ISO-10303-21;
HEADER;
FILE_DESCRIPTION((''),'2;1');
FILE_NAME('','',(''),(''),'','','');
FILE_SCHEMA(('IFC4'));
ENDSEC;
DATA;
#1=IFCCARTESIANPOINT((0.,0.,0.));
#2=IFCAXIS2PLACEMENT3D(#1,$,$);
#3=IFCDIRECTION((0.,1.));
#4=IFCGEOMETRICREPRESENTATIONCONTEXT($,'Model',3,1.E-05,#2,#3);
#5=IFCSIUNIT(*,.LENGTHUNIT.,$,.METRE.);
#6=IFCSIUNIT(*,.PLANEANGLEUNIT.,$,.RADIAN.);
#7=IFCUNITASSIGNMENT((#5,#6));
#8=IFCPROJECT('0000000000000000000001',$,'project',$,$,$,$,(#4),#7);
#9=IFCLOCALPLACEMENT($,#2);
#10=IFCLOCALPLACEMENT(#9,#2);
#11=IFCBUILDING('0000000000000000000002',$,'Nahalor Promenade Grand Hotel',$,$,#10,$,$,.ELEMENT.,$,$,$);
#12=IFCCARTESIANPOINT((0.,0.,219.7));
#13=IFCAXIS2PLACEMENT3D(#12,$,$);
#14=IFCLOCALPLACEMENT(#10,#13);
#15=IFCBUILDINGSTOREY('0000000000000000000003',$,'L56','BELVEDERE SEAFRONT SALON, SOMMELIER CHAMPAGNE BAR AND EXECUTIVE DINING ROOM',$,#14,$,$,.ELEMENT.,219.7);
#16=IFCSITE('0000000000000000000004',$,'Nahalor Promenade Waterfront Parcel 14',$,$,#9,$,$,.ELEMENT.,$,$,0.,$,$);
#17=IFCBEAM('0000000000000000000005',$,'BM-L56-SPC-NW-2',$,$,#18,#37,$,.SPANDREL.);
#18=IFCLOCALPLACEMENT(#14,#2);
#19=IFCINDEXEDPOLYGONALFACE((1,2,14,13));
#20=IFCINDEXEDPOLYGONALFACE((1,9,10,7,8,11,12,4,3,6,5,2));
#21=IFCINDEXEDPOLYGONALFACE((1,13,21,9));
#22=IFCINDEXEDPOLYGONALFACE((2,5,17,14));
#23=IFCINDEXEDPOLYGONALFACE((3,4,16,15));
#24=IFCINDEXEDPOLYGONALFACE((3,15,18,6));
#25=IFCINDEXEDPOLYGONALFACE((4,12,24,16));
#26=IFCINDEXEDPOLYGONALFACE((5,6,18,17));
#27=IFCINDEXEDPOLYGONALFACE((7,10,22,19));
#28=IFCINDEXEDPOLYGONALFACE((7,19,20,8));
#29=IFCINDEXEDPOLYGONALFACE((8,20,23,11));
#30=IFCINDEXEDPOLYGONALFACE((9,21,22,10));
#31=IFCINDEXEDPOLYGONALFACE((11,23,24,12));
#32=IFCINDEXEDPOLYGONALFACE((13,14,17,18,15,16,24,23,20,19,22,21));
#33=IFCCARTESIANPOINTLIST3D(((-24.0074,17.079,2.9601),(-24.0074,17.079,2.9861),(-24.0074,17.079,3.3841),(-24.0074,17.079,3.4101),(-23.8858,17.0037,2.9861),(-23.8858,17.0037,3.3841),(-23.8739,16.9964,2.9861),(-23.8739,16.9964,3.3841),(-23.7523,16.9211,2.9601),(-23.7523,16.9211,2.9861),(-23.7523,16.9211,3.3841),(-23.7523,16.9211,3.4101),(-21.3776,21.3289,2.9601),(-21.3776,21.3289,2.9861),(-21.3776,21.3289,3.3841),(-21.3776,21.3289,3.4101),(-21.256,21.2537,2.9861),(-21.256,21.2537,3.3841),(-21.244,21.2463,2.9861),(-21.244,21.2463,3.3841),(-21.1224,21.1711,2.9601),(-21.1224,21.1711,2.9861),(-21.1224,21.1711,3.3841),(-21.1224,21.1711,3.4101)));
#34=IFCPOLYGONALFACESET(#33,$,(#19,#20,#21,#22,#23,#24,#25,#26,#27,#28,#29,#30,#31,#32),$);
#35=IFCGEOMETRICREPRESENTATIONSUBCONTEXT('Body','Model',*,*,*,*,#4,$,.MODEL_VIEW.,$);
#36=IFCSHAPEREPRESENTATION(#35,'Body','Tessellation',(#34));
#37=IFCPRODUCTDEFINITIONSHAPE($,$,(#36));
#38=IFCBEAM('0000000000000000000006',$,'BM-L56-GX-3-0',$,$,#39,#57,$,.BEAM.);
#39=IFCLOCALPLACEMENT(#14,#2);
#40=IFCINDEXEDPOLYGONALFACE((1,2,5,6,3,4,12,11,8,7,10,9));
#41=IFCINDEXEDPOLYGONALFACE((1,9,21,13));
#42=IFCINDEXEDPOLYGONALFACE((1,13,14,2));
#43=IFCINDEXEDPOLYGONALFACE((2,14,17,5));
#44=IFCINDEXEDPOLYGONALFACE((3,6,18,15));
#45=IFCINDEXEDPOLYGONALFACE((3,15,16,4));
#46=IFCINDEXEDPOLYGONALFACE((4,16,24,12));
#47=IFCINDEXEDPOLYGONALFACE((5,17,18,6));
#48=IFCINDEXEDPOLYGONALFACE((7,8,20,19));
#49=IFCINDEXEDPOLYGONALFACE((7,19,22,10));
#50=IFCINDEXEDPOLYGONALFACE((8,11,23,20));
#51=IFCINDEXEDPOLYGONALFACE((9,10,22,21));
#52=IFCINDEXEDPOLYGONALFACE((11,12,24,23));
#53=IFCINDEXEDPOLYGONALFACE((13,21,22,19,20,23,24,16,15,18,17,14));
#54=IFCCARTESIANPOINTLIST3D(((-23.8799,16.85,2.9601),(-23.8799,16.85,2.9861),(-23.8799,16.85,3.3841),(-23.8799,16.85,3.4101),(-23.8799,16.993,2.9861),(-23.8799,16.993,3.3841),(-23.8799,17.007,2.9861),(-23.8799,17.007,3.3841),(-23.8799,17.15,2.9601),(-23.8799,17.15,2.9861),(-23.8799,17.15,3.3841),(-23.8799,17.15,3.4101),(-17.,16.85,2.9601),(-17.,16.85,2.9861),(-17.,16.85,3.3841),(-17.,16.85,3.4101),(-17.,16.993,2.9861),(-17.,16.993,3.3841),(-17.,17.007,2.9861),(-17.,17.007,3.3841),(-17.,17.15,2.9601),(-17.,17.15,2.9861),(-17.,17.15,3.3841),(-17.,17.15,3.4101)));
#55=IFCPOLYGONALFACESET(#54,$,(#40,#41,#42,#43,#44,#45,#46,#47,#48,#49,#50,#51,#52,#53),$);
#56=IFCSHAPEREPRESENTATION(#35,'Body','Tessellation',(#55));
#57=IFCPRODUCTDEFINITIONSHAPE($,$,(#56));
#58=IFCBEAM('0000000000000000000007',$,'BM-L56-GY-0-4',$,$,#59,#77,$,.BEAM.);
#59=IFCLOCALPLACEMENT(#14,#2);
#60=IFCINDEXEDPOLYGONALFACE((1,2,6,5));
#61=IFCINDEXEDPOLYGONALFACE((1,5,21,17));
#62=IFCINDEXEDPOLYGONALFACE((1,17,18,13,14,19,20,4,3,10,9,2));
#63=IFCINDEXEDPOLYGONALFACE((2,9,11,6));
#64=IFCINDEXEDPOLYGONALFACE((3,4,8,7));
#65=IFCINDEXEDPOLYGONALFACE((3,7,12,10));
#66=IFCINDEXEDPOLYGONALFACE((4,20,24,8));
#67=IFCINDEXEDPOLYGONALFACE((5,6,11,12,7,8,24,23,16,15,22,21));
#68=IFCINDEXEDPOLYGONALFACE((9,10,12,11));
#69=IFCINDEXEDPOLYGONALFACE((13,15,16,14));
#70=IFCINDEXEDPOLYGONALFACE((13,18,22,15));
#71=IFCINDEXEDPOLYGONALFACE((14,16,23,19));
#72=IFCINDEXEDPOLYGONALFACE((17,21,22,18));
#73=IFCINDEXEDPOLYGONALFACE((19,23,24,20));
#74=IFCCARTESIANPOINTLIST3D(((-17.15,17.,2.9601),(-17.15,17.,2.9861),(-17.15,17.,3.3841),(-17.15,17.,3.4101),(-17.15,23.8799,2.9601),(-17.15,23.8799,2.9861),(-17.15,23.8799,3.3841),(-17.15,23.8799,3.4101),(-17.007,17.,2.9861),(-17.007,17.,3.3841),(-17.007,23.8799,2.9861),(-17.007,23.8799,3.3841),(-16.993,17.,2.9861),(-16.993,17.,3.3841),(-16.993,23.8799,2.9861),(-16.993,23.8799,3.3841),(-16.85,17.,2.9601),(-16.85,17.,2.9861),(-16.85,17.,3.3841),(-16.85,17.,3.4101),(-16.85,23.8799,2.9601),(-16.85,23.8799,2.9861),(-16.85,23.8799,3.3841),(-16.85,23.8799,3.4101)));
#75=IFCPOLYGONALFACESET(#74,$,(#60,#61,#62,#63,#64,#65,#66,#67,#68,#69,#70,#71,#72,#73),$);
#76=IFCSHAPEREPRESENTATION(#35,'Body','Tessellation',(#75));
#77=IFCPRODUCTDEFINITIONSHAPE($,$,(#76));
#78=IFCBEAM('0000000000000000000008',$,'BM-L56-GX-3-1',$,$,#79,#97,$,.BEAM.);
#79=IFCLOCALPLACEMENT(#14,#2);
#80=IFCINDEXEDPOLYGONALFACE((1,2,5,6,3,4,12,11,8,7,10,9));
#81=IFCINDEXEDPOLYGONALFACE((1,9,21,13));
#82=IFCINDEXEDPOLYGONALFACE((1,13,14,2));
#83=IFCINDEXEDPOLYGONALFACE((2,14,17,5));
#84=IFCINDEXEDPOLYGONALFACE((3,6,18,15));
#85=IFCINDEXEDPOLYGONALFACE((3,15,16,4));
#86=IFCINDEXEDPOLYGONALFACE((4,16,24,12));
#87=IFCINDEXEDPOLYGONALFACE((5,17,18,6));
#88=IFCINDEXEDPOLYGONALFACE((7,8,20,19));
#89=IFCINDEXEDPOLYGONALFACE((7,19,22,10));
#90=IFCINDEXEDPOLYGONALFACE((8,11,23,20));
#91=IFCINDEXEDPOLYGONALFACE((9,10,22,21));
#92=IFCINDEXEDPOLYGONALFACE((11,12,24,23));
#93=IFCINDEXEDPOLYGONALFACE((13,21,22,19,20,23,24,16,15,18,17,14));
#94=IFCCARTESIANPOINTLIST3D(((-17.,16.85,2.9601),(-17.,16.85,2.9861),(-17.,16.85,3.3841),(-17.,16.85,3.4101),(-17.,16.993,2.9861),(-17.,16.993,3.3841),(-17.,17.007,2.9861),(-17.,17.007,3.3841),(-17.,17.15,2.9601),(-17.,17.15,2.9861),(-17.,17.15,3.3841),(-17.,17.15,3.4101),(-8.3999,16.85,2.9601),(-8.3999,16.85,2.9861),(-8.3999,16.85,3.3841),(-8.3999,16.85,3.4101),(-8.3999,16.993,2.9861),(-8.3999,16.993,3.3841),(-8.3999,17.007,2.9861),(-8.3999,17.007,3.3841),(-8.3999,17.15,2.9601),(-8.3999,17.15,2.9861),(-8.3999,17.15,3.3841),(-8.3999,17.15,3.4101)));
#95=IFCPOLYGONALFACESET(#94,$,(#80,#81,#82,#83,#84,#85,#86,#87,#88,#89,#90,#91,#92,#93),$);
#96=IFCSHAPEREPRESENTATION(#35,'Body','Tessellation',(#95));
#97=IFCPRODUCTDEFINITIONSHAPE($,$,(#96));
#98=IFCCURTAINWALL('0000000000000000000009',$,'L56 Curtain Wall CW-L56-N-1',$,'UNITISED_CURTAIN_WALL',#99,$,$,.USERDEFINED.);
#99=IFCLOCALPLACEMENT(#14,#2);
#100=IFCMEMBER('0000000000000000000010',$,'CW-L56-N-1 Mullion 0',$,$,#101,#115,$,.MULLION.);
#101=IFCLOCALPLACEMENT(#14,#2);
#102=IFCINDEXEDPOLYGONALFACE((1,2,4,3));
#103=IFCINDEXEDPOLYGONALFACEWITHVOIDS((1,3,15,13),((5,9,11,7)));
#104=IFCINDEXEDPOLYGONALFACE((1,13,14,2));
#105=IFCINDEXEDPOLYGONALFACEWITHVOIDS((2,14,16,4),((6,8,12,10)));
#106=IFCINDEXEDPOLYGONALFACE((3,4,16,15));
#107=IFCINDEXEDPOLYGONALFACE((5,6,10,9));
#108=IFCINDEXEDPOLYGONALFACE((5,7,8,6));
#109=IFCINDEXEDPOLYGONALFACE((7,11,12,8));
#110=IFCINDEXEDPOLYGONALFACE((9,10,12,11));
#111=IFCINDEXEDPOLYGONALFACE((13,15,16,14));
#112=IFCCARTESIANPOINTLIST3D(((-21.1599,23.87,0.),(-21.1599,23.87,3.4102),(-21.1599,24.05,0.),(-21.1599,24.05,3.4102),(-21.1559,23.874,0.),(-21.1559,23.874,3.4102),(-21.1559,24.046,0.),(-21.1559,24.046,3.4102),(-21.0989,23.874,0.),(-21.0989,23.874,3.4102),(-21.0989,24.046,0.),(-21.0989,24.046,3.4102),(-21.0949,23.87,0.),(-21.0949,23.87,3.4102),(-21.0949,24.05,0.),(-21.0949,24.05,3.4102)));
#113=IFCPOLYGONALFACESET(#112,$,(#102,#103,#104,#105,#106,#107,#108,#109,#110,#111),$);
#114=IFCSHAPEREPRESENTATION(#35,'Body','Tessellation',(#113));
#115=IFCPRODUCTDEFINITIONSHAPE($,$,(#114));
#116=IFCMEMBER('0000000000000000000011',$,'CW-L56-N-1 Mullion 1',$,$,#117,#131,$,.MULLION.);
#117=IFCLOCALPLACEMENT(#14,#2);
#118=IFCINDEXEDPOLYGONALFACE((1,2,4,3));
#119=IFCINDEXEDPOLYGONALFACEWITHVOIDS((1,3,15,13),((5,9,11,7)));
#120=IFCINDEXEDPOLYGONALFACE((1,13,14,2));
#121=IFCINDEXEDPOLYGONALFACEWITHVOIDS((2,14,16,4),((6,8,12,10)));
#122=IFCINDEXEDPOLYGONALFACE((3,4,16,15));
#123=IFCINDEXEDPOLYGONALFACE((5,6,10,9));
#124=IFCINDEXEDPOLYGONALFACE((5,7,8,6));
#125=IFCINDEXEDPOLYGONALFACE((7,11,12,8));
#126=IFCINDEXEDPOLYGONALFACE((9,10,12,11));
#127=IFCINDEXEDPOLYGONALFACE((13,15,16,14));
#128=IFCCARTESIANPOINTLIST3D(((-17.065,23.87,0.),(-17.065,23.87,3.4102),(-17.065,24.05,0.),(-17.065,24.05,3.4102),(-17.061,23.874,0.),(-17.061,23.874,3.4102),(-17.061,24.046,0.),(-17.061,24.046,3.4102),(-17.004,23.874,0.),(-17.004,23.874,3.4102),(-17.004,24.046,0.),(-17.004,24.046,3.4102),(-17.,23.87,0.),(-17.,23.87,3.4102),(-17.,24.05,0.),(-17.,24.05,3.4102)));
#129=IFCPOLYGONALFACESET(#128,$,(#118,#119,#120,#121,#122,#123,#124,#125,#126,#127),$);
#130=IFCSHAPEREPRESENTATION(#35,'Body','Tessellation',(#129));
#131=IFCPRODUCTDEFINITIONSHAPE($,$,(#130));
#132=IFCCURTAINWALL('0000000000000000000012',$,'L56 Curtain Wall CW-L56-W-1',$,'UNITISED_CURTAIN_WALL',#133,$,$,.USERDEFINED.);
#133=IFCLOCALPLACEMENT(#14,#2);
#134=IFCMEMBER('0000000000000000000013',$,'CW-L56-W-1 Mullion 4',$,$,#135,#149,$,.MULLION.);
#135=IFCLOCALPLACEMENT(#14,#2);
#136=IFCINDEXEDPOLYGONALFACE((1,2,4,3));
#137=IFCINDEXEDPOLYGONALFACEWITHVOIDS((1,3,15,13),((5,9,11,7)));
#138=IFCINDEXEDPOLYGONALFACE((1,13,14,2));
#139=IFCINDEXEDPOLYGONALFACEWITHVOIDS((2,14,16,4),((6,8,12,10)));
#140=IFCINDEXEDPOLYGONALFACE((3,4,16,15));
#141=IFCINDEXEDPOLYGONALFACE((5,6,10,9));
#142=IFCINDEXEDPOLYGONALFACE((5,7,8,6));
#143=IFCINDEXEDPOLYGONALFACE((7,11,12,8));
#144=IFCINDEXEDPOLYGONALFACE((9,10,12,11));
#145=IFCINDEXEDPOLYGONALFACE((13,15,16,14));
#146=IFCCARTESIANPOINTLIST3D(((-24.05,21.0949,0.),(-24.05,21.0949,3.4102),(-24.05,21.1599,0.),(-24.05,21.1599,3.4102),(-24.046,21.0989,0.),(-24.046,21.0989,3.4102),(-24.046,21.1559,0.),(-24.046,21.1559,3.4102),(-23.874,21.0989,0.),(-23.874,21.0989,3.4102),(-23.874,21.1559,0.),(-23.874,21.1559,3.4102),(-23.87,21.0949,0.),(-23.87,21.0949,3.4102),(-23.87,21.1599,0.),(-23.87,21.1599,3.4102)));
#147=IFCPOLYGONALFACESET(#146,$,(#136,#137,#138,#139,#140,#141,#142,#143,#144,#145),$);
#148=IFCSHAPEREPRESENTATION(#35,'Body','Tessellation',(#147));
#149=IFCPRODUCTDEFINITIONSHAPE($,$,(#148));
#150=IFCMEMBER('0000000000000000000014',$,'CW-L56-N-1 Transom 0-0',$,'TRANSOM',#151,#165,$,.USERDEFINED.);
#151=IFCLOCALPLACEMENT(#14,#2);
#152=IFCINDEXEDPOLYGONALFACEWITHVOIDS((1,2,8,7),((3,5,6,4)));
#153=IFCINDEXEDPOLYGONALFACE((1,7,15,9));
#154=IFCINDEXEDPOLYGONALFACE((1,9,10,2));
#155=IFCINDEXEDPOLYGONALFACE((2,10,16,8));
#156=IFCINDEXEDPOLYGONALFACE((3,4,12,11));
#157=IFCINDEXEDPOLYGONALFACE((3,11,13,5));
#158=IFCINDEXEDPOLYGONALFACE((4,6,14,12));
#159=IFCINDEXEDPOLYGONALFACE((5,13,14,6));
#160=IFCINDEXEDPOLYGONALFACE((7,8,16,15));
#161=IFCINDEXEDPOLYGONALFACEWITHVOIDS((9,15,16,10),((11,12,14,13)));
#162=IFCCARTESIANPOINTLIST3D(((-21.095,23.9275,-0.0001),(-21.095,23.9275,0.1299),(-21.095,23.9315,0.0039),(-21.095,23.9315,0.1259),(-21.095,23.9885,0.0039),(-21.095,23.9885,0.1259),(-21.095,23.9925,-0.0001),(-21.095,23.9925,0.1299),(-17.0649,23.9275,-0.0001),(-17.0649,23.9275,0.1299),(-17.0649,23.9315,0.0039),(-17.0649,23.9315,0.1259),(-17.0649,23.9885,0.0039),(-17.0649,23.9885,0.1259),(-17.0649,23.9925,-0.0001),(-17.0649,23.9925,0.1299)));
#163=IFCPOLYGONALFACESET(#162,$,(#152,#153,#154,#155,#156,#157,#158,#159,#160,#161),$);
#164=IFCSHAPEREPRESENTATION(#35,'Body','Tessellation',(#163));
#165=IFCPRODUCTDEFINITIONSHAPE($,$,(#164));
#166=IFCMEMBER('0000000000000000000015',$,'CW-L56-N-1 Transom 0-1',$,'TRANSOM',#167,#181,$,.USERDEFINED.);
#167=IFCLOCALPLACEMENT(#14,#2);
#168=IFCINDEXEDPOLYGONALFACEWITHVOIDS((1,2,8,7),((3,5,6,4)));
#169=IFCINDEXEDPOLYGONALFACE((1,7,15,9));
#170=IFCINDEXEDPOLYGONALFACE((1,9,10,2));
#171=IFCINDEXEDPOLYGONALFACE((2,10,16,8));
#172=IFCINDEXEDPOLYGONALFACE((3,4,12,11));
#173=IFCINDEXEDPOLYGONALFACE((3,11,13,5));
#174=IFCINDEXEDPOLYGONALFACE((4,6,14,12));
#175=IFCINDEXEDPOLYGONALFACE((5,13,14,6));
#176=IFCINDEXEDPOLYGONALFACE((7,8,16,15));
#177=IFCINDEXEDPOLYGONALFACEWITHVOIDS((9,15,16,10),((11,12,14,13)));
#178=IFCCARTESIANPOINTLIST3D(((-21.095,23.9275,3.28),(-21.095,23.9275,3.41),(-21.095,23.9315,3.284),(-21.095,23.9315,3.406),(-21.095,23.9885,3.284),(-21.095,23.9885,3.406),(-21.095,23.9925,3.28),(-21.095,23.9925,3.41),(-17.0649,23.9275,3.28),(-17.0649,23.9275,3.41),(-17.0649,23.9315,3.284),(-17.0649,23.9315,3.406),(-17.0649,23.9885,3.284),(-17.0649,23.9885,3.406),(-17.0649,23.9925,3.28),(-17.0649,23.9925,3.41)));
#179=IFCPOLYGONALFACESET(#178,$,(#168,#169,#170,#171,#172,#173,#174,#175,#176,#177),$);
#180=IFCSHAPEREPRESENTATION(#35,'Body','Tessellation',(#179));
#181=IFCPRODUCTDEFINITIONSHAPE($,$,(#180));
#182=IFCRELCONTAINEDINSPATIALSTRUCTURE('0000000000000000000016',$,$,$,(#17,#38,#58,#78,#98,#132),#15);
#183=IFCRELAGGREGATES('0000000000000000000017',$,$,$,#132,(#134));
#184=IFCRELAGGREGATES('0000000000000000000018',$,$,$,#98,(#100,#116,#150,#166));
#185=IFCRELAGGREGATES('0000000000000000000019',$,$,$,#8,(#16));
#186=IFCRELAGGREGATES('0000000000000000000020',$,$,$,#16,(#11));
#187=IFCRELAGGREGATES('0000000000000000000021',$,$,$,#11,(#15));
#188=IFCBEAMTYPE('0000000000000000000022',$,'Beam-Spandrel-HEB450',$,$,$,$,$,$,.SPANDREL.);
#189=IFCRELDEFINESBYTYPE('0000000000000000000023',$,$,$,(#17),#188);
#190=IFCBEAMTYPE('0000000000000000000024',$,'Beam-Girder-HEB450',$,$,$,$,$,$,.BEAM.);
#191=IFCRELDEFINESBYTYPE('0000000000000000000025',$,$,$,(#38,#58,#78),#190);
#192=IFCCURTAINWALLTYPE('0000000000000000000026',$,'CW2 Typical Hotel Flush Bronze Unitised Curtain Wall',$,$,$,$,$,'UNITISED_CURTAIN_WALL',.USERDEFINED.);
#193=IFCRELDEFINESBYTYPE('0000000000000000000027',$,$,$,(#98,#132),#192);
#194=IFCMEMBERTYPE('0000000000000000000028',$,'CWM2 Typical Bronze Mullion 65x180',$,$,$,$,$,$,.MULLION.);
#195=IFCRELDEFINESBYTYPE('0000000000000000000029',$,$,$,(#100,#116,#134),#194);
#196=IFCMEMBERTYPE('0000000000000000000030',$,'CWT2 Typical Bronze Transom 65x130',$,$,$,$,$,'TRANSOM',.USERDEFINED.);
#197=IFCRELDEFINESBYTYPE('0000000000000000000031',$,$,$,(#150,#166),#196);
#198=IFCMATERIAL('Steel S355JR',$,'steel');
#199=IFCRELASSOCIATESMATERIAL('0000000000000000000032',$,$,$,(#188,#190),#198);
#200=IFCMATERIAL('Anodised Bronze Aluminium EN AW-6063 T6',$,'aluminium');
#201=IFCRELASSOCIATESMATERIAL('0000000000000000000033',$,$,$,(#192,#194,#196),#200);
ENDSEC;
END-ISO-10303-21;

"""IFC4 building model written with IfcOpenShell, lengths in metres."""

from ifc_helpers import new_model, si_unit, direction, frame, origin, origin_2d, place, context, subcontext, project, spatial, hollow_rectangle, i_section, extrude, source, transform, mapped, material, material_profile, profile_set, type_object, element, aggregate, save


model = new_model("IFC4")

# Units and contexts
model_context = context("Model", 3, precision=1e-05, world=origin(), true_north=direction((0.0, 1.0)))
body_context = subcontext(model_context, "Body", "Model", "MODEL_VIEW")
ifc_project = project(units=[si_unit("LENGTHUNIT", "METRE"), si_unit("PLANEANGLEUNIT", "RADIAN")], contexts=[model_context])

# Site, building, storey
site_placement = place(None, origin())
site = spatial("IfcSite", under=ifc_project, at=site_placement, Name="Nahalor Promenade Waterfront Parcel 14", CompositionType="ELEMENT", RefElevation=0.0)
building_placement = place(site_placement, origin())
building = spatial("IfcBuilding", under=site, at=building_placement, Name="Nahalor Promenade Grand Hotel", CompositionType="ELEMENT")
storey_placement = place(building_placement, frame((0.0, 0.0, 219.7)))
storey = spatial("IfcBuildingStorey", under=building, at=storey_placement, Name="L56", Description="BELVEDERE SEAFRONT SALON, SOMMELIER CHAMPAGNE BAR AND EXECUTIVE DINING ROOM", CompositionType="ELEMENT", Elevation=219.7)

# Shared definitions
ifc_material_1 = material(Name="Steel S355JR", Category="steel")

# Beams
ifc_material_profile_1 = material_profile(ifc_material_1, i_section(OverallWidth=0.3, OverallDepth=0.45, WebThickness=0.014, FlangeThickness=0.026, at=origin_2d()), Name="HEB 450")
ifc_profile_set_1 = profile_set([ifc_material_profile_1], Name="Steel S355JR")
beam_type_1 = type_object("IfcBeamType", Name="Beam-Spandrel-HEB450", PredefinedType="SPANDREL", material=ifc_profile_set_1)
shared_shape_1 = source(origin(), body_context, "Body", "SweptSolid", [
    extrude(i_section(OverallWidth=0.3, OverallDepth=0.45, WebThickness=0.014, FlangeThickness=0.026, at=origin_2d()), origin(), (0.0, 0.0, 1.0), 4.9978),
])
for number, where, z_axis, x_axis, name in (
    (1, (-21.25, 21.25, 3.1851), (-0.5262, -0.850361, 0.0), (0.850361, -0.5262, 0.0), "BM-L56-SPC-NW-2"),
):
    element("IfcBeam", number, at=place(storey_placement, frame(where, z_axis=z_axis, x_axis=x_axis)), inside=storey, type_object=beam_type_1, Name=name, PredefinedType="SPANDREL", context=body_context, shape_type="MappedRepresentation", body=[
        mapped(shared_shape_1, transform((0.0, 0.0, 0.0), scale=1.0)),
    ])
ifc_material_profile_2 = material_profile(ifc_material_1, i_section(OverallWidth=0.3, OverallDepth=0.45, WebThickness=0.014, FlangeThickness=0.026, at=origin_2d()), Name="HEB 450")
ifc_profile_set_2 = profile_set([ifc_material_profile_2], Name="Steel S355JR")
beam_type_2 = type_object("IfcBeamType", Name="Beam-Girder-HEB450", PredefinedType="BEAM", material=ifc_profile_set_2)
shared_shape_2 = source(origin(), body_context, "Body", "SweptSolid", [
    extrude(i_section(OverallWidth=0.3, OverallDepth=0.45, WebThickness=0.014, FlangeThickness=0.026, at=origin_2d()), origin(), (0.0, 0.0, 1.0), 6.8799),
])
for number, where, z_axis, x_axis, name in (
    (2, (-23.8799, 17.0, 3.1851), (1.0, 0.0, 0.0), (0.0, 1.0, 0.0), "BM-L56-GX-3-0"),
    (3, (-17.0, 17.0, 3.1851), (0.0, 1.0, 0.0), (-1.0, 0.0, 0.0), "BM-L56-GY-0-4"),
):
    element("IfcBeam", number, at=place(storey_placement, frame(where, z_axis=z_axis, x_axis=x_axis)), inside=storey, type_object=beam_type_2, Name=name, PredefinedType="BEAM", context=body_context, shape_type="MappedRepresentation", body=[
        mapped(shared_shape_2, transform((0.0, 0.0, 0.0), scale=1.0)),
    ])
shared_shape_3 = source(origin(), body_context, "Body", "SweptSolid", [
    extrude(i_section(OverallWidth=0.3, OverallDepth=0.45, WebThickness=0.014, FlangeThickness=0.026, at=origin_2d()), origin(), (0.0, 0.0, 1.0), 8.6001),
])
beam_1_placement = place(storey_placement, frame((-17.0, 17.0, 3.1851), z_axis=(1.0, 0.0, 0.0), x_axis=(0.0, 1.0, 0.0)))
element("IfcBeam", 4, at=beam_1_placement, inside=storey, type_object=beam_type_2, Name="BM-L56-GX-3-1", PredefinedType="BEAM", context=body_context, shape_type="MappedRepresentation", body=[
    mapped(shared_shape_3, transform((0.0, 0.0, 0.0), scale=1.0)),
])

# Curtain wall, members
ifc_material_2 = material(Name="Anodised Bronze Aluminium EN AW-6063 T6", Category="aluminium")
curtain_wall_type = type_object("IfcCurtainWallType", Name="CW2 Typical Hotel Flush Bronze Unitised Curtain Wall", ElementType="UNITISED_CURTAIN_WALL", PredefinedType="USERDEFINED", material=ifc_material_2)
curtain_wall_1_placement = place(storey_placement, origin())
curtain_wall_1 = element("IfcCurtainWall", 5, at=curtain_wall_1_placement, inside=storey, type_object=curtain_wall_type, Name="L56 Curtain Wall CW-L56-N-1", ObjectType="UNITISED_CURTAIN_WALL", PredefinedType="USERDEFINED")
ifc_material_profile_3 = material_profile(ifc_material_2, hollow_rectangle(XDim=0.065, YDim=0.18, WallThickness=0.004, at=origin_2d()), Name="CWM 65x180x4")
ifc_profile_set_3 = profile_set([ifc_material_profile_3], Name="Anodised Bronze Aluminium EN AW-6063 T6")
member_type_1 = type_object("IfcMemberType", Name="CWM2 Typical Bronze Mullion 65x180", PredefinedType="MULLION", material=ifc_profile_set_3)
shared_shape_4 = source(origin(), body_context, "Body", "SweptSolid", [
    extrude(hollow_rectangle(XDim=0.065, YDim=0.18, WallThickness=0.004, at=origin_2d()), origin(), (0.0, 0.0, 1.0), 3.4102),
])
member_1_placement = place(storey_placement, frame((-21.1274, 23.96, 0.0), z_axis=(0.0, 0.0, 1.0), x_axis=(1.0, 0.0, 0.0)))
member_1 = element("IfcMember", 6, at=member_1_placement, type_object=member_type_1, Name="CW-L56-N-1 Mullion 0", PredefinedType="MULLION", context=body_context, shape_type="MappedRepresentation", body=[
    mapped(shared_shape_4, transform((0.0, 0.0, 0.0), scale=1.0)),
])
member_2_placement = place(storey_placement, frame((-17.0325, 23.96, 0.0), z_axis=(0.0, 0.0, 1.0), x_axis=(1.0, 0.0, 0.0)))
member_2 = element("IfcMember", 7, at=member_2_placement, type_object=member_type_1, Name="CW-L56-N-1 Mullion 1", PredefinedType="MULLION", context=body_context, shape_type="MappedRepresentation", body=[
    mapped(shared_shape_4, transform((0.0, 0.0, 0.0), scale=1.0)),
])

# Curtain wall, member
curtain_wall_2_placement = place(storey_placement, origin())
curtain_wall_2 = element("IfcCurtainWall", 8, at=curtain_wall_2_placement, inside=storey, type_object=curtain_wall_type, Name="L56 Curtain Wall CW-L56-W-1", ObjectType="UNITISED_CURTAIN_WALL", PredefinedType="USERDEFINED")
member_3_placement = place(storey_placement, frame((-23.96, 21.1274, 0.0), z_axis=(0.0, 0.0, 1.0), x_axis=(0.0, 1.0, 0.0)))
member_3 = element("IfcMember", 9, at=member_3_placement, type_object=member_type_1, Name="CW-L56-W-1 Mullion 4", PredefinedType="MULLION", context=body_context, shape_type="MappedRepresentation", body=[
    mapped(shared_shape_4, transform((0.0, 0.0, 0.0), scale=1.0)),
])
aggregate(curtain_wall_2, [member_3])

# Members
ifc_material_profile_4 = material_profile(ifc_material_2, hollow_rectangle(XDim=0.065, YDim=0.13, WallThickness=0.004, at=origin_2d()), Name="CWT 65x130x4")
ifc_profile_set_4 = profile_set([ifc_material_profile_4], Name="Anodised Bronze Aluminium EN AW-6063 T6")
member_type_2 = type_object("IfcMemberType", Name="CWT2 Typical Bronze Transom 65x130", ElementType="TRANSOM", PredefinedType="USERDEFINED", material=ifc_profile_set_4)
shared_shape_5 = source(origin(), body_context, "Body", "SweptSolid", [
    extrude(hollow_rectangle(XDim=0.065, YDim=0.13, WallThickness=0.004, at=origin_2d()), origin(), (0.0, 0.0, 1.0), 4.03),
])
member_4_placement = place(storey_placement, frame((-21.095, 23.96, 0.0649), z_axis=(1.0, 0.0, 0.0), x_axis=(0.0, 1.0, 0.0)))
member_4 = element("IfcMember", 10, at=member_4_placement, type_object=member_type_2, Name="CW-L56-N-1 Transom 0-0", ObjectType="TRANSOM", PredefinedType="USERDEFINED", context=body_context, shape_type="MappedRepresentation", body=[
    mapped(shared_shape_5, transform((0.0, 0.0, 0.0), scale=1.0)),
])
member_5_placement = place(storey_placement, frame((-21.095, 23.96, 3.345), z_axis=(1.0, 0.0, 0.0), x_axis=(0.0, 1.0, 0.0)))
member_5 = element("IfcMember", 11, at=member_5_placement, type_object=member_type_2, Name="CW-L56-N-1 Transom 0-1", ObjectType="TRANSOM", PredefinedType="USERDEFINED", context=body_context, shape_type="MappedRepresentation", body=[
    mapped(shared_shape_5, transform((0.0, 0.0, 0.0), scale=1.0)),
])

aggregate(curtain_wall_1, [member_1, member_2, member_4, member_5])

save(model, "model.ifc")
